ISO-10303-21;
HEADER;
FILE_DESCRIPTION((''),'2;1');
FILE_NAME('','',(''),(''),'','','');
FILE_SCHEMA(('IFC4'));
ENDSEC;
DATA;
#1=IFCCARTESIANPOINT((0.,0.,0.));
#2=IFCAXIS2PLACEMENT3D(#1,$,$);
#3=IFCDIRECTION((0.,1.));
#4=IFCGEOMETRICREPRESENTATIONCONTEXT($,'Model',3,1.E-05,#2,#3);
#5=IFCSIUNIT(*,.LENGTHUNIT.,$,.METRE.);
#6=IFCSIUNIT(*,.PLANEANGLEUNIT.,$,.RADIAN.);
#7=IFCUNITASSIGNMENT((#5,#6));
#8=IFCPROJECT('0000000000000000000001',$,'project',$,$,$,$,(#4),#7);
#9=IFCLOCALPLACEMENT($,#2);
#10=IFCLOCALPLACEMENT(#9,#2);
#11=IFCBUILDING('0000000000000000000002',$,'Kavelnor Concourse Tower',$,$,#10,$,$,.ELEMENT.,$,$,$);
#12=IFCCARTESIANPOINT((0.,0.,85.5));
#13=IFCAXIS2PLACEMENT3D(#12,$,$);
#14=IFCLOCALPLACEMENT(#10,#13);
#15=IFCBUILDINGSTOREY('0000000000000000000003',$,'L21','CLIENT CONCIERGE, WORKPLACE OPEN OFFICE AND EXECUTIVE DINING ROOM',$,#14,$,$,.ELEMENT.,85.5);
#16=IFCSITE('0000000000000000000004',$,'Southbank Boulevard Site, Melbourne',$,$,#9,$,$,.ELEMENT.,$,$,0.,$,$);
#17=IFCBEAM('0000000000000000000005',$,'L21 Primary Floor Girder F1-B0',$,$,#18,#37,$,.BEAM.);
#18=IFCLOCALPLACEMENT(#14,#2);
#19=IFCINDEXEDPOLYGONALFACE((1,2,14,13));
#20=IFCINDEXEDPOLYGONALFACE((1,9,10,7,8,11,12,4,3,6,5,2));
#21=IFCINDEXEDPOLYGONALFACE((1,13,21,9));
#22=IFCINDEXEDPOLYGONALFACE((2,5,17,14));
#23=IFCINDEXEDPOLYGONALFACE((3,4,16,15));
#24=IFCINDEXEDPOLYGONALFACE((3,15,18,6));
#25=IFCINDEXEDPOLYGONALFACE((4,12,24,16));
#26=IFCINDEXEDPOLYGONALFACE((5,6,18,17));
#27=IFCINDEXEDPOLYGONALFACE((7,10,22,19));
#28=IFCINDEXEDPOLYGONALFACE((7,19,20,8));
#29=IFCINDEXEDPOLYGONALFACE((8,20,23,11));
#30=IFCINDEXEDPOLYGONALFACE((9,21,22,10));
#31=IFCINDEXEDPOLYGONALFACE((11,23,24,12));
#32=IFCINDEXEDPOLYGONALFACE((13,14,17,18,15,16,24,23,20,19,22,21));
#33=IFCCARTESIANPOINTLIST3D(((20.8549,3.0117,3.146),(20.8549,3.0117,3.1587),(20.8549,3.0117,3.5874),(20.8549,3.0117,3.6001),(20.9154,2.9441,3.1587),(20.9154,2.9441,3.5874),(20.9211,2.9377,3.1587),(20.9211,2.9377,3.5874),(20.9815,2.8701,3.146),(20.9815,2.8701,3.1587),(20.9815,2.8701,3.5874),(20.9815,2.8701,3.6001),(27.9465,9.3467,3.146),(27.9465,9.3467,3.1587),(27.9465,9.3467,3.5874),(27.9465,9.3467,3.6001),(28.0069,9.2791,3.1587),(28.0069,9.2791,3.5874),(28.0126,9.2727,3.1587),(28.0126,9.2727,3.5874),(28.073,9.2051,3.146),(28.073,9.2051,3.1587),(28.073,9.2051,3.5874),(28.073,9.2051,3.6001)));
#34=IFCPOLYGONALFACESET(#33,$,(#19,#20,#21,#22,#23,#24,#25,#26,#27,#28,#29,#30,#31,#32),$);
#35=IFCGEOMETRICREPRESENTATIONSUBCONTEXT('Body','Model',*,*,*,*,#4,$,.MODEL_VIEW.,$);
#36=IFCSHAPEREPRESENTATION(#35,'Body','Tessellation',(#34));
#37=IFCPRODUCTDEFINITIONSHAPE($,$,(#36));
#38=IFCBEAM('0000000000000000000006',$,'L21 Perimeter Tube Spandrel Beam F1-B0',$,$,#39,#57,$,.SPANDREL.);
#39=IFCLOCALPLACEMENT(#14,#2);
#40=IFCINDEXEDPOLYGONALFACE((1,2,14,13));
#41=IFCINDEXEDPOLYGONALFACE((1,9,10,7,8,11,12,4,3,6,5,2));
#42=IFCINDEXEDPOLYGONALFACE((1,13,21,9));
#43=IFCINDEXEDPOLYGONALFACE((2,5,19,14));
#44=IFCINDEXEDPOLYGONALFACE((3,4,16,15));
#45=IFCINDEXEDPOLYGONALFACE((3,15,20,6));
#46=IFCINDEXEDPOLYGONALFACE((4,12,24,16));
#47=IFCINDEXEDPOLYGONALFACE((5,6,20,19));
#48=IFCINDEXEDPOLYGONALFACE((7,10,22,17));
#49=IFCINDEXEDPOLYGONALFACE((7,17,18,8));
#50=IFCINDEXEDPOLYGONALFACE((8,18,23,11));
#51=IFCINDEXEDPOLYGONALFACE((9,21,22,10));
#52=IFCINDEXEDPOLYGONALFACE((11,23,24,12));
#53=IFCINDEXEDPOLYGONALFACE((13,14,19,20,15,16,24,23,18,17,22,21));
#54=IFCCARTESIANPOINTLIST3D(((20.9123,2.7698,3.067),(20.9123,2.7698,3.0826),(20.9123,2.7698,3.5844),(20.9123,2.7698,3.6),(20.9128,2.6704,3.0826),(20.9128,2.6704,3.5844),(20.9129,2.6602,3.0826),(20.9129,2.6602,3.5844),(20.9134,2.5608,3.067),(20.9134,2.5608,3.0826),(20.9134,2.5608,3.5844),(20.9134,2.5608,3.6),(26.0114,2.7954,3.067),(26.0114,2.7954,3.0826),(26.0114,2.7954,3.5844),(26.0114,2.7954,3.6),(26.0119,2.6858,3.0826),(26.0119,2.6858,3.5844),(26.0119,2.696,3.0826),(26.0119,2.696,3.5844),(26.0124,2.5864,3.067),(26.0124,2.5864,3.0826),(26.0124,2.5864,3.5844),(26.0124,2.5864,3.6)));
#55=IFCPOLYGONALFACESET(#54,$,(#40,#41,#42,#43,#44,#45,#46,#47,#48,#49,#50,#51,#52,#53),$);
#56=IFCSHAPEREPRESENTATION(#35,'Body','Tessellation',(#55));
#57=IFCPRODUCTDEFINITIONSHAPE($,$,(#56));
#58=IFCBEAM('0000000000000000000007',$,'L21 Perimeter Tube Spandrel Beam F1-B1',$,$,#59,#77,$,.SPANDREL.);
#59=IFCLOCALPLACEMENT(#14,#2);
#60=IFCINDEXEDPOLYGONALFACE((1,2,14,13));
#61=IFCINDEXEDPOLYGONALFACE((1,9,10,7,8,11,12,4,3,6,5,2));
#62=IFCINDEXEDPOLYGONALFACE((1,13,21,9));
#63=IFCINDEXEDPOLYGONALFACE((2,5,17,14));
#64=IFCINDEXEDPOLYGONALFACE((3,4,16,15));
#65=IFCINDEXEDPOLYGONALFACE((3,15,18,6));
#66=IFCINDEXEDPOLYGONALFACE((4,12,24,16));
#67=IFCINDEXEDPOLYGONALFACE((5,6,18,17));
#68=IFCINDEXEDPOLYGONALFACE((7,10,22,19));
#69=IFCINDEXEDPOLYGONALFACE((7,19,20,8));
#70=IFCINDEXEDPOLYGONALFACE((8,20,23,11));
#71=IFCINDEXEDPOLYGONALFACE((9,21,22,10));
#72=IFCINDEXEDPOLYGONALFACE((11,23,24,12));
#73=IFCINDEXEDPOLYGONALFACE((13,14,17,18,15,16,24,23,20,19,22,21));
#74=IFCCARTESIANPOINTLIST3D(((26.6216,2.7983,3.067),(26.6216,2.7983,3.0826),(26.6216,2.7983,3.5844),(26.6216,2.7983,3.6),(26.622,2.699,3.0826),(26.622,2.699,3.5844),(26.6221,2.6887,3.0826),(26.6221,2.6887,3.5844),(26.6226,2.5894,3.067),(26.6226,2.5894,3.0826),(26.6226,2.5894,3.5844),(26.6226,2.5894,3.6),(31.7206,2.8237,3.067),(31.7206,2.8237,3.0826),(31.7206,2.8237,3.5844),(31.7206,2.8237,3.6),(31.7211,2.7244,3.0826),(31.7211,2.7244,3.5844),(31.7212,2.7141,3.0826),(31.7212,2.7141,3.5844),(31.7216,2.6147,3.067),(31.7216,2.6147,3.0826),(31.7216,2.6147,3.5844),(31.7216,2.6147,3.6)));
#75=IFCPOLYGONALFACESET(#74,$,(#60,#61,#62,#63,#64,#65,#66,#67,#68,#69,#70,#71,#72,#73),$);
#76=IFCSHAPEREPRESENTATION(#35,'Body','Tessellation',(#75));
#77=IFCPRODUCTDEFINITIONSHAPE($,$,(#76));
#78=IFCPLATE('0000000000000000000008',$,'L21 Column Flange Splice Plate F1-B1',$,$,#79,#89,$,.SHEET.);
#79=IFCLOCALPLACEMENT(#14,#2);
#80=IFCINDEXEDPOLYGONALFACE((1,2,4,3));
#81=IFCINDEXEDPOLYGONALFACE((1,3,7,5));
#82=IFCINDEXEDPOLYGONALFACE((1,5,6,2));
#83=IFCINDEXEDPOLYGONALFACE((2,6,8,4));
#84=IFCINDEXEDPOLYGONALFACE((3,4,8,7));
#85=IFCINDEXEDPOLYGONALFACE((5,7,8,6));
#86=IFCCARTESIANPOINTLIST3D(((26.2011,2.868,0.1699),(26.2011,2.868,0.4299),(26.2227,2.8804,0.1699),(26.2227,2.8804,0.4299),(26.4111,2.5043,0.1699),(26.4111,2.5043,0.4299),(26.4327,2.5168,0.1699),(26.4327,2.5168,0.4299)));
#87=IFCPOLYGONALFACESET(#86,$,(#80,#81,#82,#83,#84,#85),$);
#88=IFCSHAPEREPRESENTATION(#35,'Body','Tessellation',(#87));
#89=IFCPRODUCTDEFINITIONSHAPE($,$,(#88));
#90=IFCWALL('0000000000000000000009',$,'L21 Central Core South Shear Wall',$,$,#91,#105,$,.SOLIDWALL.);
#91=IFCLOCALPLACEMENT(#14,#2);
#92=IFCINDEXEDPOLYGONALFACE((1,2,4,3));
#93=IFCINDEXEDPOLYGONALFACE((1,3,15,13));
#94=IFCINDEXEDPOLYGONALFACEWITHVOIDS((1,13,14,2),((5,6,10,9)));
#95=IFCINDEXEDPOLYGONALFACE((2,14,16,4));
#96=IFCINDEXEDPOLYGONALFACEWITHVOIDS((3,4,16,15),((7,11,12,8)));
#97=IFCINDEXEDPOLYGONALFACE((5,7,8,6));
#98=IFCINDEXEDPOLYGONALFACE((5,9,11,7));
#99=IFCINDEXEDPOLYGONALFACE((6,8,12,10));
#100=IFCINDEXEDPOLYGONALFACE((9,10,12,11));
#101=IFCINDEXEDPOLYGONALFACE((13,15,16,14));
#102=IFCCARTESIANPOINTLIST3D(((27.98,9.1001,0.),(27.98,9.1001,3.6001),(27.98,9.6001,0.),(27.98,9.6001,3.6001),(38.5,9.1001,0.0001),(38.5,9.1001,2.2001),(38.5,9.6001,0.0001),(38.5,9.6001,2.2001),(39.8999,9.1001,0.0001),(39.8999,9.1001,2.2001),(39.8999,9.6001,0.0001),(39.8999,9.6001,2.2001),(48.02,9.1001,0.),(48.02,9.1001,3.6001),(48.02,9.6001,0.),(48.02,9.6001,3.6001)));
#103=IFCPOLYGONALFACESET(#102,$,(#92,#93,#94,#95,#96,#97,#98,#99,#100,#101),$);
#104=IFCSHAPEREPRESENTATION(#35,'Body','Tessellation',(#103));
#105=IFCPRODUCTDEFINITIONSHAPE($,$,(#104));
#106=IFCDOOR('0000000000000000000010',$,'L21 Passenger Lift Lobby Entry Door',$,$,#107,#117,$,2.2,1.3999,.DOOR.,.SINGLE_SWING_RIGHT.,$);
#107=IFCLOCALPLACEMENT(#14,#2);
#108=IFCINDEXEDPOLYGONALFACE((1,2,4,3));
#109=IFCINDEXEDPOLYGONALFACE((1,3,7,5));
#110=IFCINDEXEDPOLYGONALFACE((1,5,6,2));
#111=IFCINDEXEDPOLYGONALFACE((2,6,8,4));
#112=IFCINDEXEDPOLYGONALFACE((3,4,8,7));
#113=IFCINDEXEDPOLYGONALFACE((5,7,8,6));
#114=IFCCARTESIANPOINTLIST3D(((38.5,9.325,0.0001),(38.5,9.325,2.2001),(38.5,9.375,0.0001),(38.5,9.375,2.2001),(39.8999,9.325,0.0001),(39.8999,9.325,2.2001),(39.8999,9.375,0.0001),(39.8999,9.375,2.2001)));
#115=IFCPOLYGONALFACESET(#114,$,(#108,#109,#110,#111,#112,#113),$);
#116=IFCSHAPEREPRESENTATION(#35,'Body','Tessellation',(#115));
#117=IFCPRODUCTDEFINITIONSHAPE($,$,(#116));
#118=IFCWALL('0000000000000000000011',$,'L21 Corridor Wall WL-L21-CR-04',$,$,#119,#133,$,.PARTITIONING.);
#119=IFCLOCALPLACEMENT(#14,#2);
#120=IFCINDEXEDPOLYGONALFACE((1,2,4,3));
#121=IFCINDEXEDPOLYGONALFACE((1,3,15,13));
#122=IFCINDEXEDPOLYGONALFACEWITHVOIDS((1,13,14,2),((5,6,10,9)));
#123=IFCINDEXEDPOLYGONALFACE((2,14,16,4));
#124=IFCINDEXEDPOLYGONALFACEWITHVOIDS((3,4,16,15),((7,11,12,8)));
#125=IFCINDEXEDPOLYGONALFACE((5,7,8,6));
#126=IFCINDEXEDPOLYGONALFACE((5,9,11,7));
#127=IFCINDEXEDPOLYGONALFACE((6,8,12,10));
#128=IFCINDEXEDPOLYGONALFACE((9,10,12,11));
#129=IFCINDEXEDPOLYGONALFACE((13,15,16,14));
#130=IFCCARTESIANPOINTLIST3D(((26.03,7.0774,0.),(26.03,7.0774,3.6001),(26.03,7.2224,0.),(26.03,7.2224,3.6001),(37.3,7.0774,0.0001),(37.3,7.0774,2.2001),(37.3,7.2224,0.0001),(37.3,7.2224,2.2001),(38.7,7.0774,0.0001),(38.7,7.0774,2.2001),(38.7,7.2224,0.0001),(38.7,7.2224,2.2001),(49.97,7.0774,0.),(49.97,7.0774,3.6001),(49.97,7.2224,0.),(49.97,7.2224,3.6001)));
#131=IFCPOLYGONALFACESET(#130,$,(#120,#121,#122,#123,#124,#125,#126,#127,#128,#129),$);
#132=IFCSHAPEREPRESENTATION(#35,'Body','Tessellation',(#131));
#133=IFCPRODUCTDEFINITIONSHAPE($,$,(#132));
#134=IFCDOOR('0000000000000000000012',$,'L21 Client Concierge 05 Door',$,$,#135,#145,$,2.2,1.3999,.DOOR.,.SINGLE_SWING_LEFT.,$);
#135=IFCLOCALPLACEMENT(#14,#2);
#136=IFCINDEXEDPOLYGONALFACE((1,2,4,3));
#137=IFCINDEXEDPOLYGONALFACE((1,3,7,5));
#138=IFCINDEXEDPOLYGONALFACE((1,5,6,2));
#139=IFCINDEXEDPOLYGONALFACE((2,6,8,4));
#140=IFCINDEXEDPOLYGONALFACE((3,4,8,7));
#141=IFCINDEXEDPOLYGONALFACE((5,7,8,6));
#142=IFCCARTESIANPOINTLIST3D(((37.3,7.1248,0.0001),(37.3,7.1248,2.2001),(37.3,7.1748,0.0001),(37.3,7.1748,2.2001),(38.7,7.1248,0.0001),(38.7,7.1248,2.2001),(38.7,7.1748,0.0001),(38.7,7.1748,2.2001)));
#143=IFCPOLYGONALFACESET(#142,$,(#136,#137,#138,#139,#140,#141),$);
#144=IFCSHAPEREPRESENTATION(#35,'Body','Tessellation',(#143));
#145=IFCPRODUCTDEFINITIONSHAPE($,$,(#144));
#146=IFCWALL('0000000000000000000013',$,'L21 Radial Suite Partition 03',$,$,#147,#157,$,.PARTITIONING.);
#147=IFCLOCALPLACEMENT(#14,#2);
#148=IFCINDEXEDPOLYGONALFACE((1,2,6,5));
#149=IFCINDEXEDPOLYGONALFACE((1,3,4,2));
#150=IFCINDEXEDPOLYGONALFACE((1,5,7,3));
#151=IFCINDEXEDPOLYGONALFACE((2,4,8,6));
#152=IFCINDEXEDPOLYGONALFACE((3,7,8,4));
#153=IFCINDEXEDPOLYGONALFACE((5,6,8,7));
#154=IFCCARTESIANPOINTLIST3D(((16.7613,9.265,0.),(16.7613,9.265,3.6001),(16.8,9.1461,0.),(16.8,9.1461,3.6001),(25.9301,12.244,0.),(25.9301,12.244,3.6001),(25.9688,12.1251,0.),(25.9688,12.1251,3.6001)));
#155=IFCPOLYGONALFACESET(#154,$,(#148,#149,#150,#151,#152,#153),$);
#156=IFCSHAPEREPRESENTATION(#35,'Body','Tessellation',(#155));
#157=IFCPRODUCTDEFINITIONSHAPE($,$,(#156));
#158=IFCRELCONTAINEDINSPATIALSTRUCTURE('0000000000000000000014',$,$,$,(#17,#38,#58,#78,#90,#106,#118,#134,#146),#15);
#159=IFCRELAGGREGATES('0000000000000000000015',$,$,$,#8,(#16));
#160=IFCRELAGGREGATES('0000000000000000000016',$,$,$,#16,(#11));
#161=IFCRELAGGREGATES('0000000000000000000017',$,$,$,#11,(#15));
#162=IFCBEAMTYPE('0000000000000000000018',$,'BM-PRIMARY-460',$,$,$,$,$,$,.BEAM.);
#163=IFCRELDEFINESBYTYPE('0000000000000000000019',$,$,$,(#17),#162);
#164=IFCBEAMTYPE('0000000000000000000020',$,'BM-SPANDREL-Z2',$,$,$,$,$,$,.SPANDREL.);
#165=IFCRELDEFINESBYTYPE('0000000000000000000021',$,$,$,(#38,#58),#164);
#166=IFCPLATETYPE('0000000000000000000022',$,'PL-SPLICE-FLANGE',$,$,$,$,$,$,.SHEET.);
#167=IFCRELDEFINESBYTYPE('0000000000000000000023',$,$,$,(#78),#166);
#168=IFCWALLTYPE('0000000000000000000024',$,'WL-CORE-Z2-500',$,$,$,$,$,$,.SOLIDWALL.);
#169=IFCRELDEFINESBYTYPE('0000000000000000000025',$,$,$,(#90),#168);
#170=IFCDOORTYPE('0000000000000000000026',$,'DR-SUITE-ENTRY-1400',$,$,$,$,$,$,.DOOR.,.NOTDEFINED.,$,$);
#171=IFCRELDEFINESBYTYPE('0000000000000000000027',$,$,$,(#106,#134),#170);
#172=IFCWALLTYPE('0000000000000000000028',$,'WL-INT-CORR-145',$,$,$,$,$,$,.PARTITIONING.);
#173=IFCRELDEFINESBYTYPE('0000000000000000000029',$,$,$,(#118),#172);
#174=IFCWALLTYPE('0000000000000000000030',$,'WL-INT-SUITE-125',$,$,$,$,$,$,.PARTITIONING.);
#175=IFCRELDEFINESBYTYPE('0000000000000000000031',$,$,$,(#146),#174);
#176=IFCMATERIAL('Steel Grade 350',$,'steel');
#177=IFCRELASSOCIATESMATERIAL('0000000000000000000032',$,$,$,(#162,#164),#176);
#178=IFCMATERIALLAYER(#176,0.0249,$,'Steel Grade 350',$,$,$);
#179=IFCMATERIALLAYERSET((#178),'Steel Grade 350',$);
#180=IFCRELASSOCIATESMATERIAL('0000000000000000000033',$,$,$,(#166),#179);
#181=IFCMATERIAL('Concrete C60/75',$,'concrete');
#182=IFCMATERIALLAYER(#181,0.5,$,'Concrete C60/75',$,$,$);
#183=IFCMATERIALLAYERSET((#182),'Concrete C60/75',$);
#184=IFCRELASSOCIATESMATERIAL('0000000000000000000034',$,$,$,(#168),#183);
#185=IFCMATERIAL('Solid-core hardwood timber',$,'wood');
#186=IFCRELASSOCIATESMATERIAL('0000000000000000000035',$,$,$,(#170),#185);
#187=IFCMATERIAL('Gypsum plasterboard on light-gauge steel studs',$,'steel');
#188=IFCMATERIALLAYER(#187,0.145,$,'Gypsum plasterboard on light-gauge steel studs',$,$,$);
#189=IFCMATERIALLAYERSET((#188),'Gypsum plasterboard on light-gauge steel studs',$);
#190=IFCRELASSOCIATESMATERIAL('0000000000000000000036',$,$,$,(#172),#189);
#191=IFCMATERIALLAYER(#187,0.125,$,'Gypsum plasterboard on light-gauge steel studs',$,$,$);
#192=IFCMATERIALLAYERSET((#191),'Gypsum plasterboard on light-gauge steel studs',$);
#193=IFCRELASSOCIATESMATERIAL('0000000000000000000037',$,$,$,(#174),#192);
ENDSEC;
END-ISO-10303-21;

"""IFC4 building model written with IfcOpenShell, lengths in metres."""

from ifc_helpers import new_model, si_unit, direction, frame, frame_2d, origin, origin_2d, place, context, subcontext, project, spatial, rectangle, i_section, extrude, material, layer, layer_set, material_profile, profile_set, type_object, element, fill, save


model = new_model("IFC4")

# Units and contexts
model_context = context("Model", 3, precision=1e-05, world=origin(), true_north=direction((0.0, 1.0)))
body_context = subcontext(model_context, "Body", "Model", "MODEL_VIEW")
ifc_project = project(units=[si_unit("LENGTHUNIT", "METRE"), si_unit("PLANEANGLEUNIT", "RADIAN")], contexts=[model_context])

# Site, building, storey
site_placement = place(None, origin())
site = spatial("IfcSite", under=ifc_project, at=site_placement, Name="Southbank Boulevard Site, Melbourne", CompositionType="ELEMENT", RefElevation=0.0)
building_placement = place(site_placement, origin())
building = spatial("IfcBuilding", under=site, at=building_placement, Name="Kavelnor Concourse Tower", CompositionType="ELEMENT")
storey_placement = place(building_placement, frame((0.0, 0.0, 85.5)))
storey = spatial("IfcBuildingStorey", under=building, at=storey_placement, Name="L21", Description="CLIENT CONCIERGE, WORKPLACE OPEN OFFICE AND EXECUTIVE DINING ROOM", CompositionType="ELEMENT", Elevation=85.5)

# Shared definitions
ifc_material_1 = material(Name="Steel Grade 350", Category="steel")

# Beams
ifc_material_profile_1 = material_profile(ifc_material_1, i_section(OverallWidth=0.1899, OverallDepth=0.4541, WebThickness=0.0085, FlangeThickness=0.0127, at=origin_2d()), Name="460UB67")
ifc_profile_set_1 = profile_set([ifc_material_profile_1], Name="Steel Grade 350")
beam_type_1 = type_object("IfcBeamType", Name="BM-PRIMARY-460", PredefinedType="BEAM", material=ifc_profile_set_1)
beam_1_placement = place(storey_placement, frame((28.0098, 9.2759, 3.373), z_axis=(-0.74577, -0.666204, 0.0), x_axis=(0.666204, -0.74577, 0.0)))
element("IfcBeam", 1, at=beam_1_placement, inside=storey, type_object=beam_type_1, Name="L21 Primary Floor Girder F1-B0", PredefinedType="BEAM", context=body_context, shape_type="SweptSolid", body=[
    extrude(i_section(OverallWidth=0.1899, OverallDepth=0.4541, WebThickness=0.0085, FlangeThickness=0.0127, at=origin_2d()), origin(), (0.0, 0.0, 1.0), 9.509),
])
ifc_material_profile_2 = material_profile(ifc_material_1, i_section(OverallWidth=0.209, OverallDepth=0.533, WebThickness=0.0103, FlangeThickness=0.0156, at=origin_2d()), Name="530UB92")
ifc_profile_set_2 = profile_set([ifc_material_profile_2], Name="Steel Grade 350")
beam_type_2 = type_object("IfcBeamType", Name="BM-SPANDREL-Z2", PredefinedType="SPANDREL", material=ifc_profile_set_2)
for number, where, z_axis, x_axis, name in (
    (2, (20.9128, 2.6653, 3.3335), (0.999987, 0.005027, 0.0), (-0.005027, 0.999987, 0.0), "L21 Perimeter Tube Spandrel Beam F1-B0"),
    (3, (26.6221, 2.6938, 3.3335), (0.999988, 0.004979, 0.0), (-0.004979, 0.999988, 0.0), "L21 Perimeter Tube Spandrel Beam F1-B1"),
):
    element("IfcBeam", number, at=place(storey_placement, frame(where, z_axis=z_axis, x_axis=x_axis)), inside=storey, type_object=beam_type_2, Name=name, PredefinedType="SPANDREL", context=body_context, shape_type="SweptSolid", body=[
        extrude(i_section(OverallWidth=0.209, OverallDepth=0.533, WebThickness=0.0103, FlangeThickness=0.0156, at=origin_2d()), origin(), (0.0, 0.0, 1.0), 5.0991),
    ])

# Plate
ifc_layer_1 = layer(ifc_material_1, 0.0249, Name="Steel Grade 350")
ifc_layer_set_1 = layer_set([ifc_layer_1], Name="Steel Grade 350")
plate_type = type_object("IfcPlateType", Name="PL-SPLICE-FLANGE", PredefinedType="SHEET", material=ifc_layer_set_1)
plate_placement = place(storey_placement, frame((26.3169, 2.6924, 0.1699), z_axis=(0.0, 0.0, 1.0), x_axis=(-0.5, 0.866025, 0.0)))
element("IfcPlate", 4, at=plate_placement, inside=storey, type_object=plate_type, Name="L21 Column Flange Splice Plate F1-B1", PredefinedType="SHEET", context=body_context, shape_type="SweptSolid", body=[
    extrude(rectangle(XDim=0.4199, YDim=0.0249, at=origin_2d()), origin(), (0.0, 0.0, 1.0), 0.26),
])

# Walls, openings, doors
ifc_material_2 = material(Name="Concrete C60/75", Category="concrete")
ifc_layer_2 = layer(ifc_material_2, 0.5, Name="Concrete C60/75")
ifc_layer_set_2 = layer_set([ifc_layer_2], Name="Concrete C60/75")
wall_type_1 = type_object("IfcWallType", Name="WL-CORE-Z2-500", PredefinedType="SOLIDWALL", material=ifc_layer_set_2)
wall_1_placement = place(storey_placement, frame((27.98, 9.3501, 0.0), z_axis=(0.0, 0.0, 1.0), x_axis=(1.0, 0.0, 0.0)))
wall_1 = element("IfcWall", 5, at=wall_1_placement, inside=storey, type_object=wall_type_1, Name="L21 Central Core South Shear Wall", PredefinedType="SOLIDWALL", context=body_context, shape_type="SweptSolid", body=[
    extrude(rectangle(XDim=20.04, YDim=0.5, at=frame_2d((10.02, 0.0))), origin(), (0.0, 0.0, 1.0), 3.6001),
])
opening_1_placement = place(wall_1_placement, frame((10.52, 0.0, 0.0)))
opening_1 = element("IfcOpeningElement", 6, at=opening_1_placement, cuts=wall_1, PredefinedType="OPENING", context=body_context, shape_type="SweptSolid", body=[
    extrude(rectangle(XDim=1.3999, YDim=2.2, at=frame_2d((0.7, 1.1001))), frame((0.0, 0.26, 0.0), z_axis=(0.0, -1.0, 0.0), x_axis=(1.0, 0.0, 0.0)), (0.0, 0.0, 1.0), 0.52),
])
ifc_material_3 = material(Name="Solid-core hardwood timber", Category="wood")
door_type = type_object("IfcDoorType", Name="DR-SUITE-ENTRY-1400", OperationType="NOTDEFINED", PredefinedType="DOOR", material=ifc_material_3)
door_1_placement = place(opening_1_placement, origin())
door_1 = element("IfcDoor", 7, at=door_1_placement, inside=storey, type_object=door_type, Name="L21 Passenger Lift Lobby Entry Door", OperationType="SINGLE_SWING_RIGHT", OverallHeight=2.2, OverallWidth=1.3999, PredefinedType="DOOR", context=body_context, shape_type="SweptSolid", body=[
    extrude(rectangle(XDim=1.3999, YDim=2.2, at=frame_2d((0.7, 1.1001))), frame((0.0, 0.0249, 0.0), z_axis=(0.0, -1.0, 0.0), x_axis=(1.0, 0.0, 0.0)), (0.0, 0.0, 1.0), 0.05),
])
fill(opening_1, door_1)
ifc_material_4 = material(Name="Gypsum plasterboard on light-gauge steel studs", Category="steel")
ifc_layer_3 = layer(ifc_material_4, 0.145, Name="Gypsum plasterboard on light-gauge steel studs")
ifc_layer_set_3 = layer_set([ifc_layer_3], Name="Gypsum plasterboard on light-gauge steel studs")
wall_type_2 = type_object("IfcWallType", Name="WL-INT-CORR-145", PredefinedType="PARTITIONING", material=ifc_layer_set_3)
wall_2_placement = place(storey_placement, frame((26.03, 7.1499, 0.0), z_axis=(0.0, 0.0, 1.0), x_axis=(1.0, 0.0, 0.0)))
wall_2 = element("IfcWall", 8, at=wall_2_placement, inside=storey, type_object=wall_type_2, Name="L21 Corridor Wall WL-L21-CR-04", PredefinedType="PARTITIONING", context=body_context, shape_type="SweptSolid", body=[
    extrude(rectangle(XDim=23.9399, YDim=0.145, at=frame_2d((11.97, 0.0))), origin(), (0.0, 0.0, 1.0), 3.6001),
])
opening_2_placement = place(wall_2_placement, frame((11.27, 0.0, 0.0)))
opening_2 = element("IfcOpeningElement", 9, at=opening_2_placement, cuts=wall_2, PredefinedType="OPENING", context=body_context, shape_type="SweptSolid", body=[
    extrude(rectangle(XDim=1.3999, YDim=2.2, at=frame_2d((0.7, 1.1001))), frame((0.0, 0.0825, 0.0), z_axis=(0.0, -1.0, 0.0), x_axis=(1.0, 0.0, 0.0)), (0.0, 0.0, 1.0), 0.165),
])
door_2_placement = place(opening_2_placement, origin())
door_2 = element("IfcDoor", 10, at=door_2_placement, inside=storey, type_object=door_type, Name="L21 Client Concierge 05 Door", OperationType="SINGLE_SWING_LEFT", OverallHeight=2.2, OverallWidth=1.3999, PredefinedType="DOOR", context=body_context, shape_type="SweptSolid", body=[
    extrude(rectangle(XDim=1.3999, YDim=2.2, at=frame_2d((0.7, 1.1001))), frame((0.0, 0.0249, 0.0), z_axis=(0.0, -1.0, 0.0), x_axis=(1.0, 0.0, 0.0)), (0.0, 0.0, 1.0), 0.05),
])
fill(opening_2, door_2)

# Wall
ifc_layer_4 = layer(ifc_material_4, 0.125, Name="Gypsum plasterboard on light-gauge steel studs")
ifc_layer_set_4 = layer_set([ifc_layer_4], Name="Gypsum plasterboard on light-gauge steel studs")
wall_type_3 = type_object("IfcWallType", Name="WL-INT-SUITE-125", PredefinedType="PARTITIONING", material=ifc_layer_set_4)
wall_3_placement = place(storey_placement, frame((25.9495, 12.1846, 0.0), z_axis=(0.0, 0.0, 1.0), x_axis=(-0.951059, -0.309009, 0.0)))
element("IfcWall", 11, at=wall_3_placement, inside=storey, type_object=wall_type_3, Name="L21 Radial Suite Partition 03", PredefinedType="PARTITIONING", context=body_context, shape_type="SweptSolid", body=[
    extrude(rectangle(XDim=9.6406, YDim=0.125, at=frame_2d((4.8203, 0.0))), origin(), (0.0, 0.0, 1.0), 3.6001),
])

save(model, "model.ifc")
